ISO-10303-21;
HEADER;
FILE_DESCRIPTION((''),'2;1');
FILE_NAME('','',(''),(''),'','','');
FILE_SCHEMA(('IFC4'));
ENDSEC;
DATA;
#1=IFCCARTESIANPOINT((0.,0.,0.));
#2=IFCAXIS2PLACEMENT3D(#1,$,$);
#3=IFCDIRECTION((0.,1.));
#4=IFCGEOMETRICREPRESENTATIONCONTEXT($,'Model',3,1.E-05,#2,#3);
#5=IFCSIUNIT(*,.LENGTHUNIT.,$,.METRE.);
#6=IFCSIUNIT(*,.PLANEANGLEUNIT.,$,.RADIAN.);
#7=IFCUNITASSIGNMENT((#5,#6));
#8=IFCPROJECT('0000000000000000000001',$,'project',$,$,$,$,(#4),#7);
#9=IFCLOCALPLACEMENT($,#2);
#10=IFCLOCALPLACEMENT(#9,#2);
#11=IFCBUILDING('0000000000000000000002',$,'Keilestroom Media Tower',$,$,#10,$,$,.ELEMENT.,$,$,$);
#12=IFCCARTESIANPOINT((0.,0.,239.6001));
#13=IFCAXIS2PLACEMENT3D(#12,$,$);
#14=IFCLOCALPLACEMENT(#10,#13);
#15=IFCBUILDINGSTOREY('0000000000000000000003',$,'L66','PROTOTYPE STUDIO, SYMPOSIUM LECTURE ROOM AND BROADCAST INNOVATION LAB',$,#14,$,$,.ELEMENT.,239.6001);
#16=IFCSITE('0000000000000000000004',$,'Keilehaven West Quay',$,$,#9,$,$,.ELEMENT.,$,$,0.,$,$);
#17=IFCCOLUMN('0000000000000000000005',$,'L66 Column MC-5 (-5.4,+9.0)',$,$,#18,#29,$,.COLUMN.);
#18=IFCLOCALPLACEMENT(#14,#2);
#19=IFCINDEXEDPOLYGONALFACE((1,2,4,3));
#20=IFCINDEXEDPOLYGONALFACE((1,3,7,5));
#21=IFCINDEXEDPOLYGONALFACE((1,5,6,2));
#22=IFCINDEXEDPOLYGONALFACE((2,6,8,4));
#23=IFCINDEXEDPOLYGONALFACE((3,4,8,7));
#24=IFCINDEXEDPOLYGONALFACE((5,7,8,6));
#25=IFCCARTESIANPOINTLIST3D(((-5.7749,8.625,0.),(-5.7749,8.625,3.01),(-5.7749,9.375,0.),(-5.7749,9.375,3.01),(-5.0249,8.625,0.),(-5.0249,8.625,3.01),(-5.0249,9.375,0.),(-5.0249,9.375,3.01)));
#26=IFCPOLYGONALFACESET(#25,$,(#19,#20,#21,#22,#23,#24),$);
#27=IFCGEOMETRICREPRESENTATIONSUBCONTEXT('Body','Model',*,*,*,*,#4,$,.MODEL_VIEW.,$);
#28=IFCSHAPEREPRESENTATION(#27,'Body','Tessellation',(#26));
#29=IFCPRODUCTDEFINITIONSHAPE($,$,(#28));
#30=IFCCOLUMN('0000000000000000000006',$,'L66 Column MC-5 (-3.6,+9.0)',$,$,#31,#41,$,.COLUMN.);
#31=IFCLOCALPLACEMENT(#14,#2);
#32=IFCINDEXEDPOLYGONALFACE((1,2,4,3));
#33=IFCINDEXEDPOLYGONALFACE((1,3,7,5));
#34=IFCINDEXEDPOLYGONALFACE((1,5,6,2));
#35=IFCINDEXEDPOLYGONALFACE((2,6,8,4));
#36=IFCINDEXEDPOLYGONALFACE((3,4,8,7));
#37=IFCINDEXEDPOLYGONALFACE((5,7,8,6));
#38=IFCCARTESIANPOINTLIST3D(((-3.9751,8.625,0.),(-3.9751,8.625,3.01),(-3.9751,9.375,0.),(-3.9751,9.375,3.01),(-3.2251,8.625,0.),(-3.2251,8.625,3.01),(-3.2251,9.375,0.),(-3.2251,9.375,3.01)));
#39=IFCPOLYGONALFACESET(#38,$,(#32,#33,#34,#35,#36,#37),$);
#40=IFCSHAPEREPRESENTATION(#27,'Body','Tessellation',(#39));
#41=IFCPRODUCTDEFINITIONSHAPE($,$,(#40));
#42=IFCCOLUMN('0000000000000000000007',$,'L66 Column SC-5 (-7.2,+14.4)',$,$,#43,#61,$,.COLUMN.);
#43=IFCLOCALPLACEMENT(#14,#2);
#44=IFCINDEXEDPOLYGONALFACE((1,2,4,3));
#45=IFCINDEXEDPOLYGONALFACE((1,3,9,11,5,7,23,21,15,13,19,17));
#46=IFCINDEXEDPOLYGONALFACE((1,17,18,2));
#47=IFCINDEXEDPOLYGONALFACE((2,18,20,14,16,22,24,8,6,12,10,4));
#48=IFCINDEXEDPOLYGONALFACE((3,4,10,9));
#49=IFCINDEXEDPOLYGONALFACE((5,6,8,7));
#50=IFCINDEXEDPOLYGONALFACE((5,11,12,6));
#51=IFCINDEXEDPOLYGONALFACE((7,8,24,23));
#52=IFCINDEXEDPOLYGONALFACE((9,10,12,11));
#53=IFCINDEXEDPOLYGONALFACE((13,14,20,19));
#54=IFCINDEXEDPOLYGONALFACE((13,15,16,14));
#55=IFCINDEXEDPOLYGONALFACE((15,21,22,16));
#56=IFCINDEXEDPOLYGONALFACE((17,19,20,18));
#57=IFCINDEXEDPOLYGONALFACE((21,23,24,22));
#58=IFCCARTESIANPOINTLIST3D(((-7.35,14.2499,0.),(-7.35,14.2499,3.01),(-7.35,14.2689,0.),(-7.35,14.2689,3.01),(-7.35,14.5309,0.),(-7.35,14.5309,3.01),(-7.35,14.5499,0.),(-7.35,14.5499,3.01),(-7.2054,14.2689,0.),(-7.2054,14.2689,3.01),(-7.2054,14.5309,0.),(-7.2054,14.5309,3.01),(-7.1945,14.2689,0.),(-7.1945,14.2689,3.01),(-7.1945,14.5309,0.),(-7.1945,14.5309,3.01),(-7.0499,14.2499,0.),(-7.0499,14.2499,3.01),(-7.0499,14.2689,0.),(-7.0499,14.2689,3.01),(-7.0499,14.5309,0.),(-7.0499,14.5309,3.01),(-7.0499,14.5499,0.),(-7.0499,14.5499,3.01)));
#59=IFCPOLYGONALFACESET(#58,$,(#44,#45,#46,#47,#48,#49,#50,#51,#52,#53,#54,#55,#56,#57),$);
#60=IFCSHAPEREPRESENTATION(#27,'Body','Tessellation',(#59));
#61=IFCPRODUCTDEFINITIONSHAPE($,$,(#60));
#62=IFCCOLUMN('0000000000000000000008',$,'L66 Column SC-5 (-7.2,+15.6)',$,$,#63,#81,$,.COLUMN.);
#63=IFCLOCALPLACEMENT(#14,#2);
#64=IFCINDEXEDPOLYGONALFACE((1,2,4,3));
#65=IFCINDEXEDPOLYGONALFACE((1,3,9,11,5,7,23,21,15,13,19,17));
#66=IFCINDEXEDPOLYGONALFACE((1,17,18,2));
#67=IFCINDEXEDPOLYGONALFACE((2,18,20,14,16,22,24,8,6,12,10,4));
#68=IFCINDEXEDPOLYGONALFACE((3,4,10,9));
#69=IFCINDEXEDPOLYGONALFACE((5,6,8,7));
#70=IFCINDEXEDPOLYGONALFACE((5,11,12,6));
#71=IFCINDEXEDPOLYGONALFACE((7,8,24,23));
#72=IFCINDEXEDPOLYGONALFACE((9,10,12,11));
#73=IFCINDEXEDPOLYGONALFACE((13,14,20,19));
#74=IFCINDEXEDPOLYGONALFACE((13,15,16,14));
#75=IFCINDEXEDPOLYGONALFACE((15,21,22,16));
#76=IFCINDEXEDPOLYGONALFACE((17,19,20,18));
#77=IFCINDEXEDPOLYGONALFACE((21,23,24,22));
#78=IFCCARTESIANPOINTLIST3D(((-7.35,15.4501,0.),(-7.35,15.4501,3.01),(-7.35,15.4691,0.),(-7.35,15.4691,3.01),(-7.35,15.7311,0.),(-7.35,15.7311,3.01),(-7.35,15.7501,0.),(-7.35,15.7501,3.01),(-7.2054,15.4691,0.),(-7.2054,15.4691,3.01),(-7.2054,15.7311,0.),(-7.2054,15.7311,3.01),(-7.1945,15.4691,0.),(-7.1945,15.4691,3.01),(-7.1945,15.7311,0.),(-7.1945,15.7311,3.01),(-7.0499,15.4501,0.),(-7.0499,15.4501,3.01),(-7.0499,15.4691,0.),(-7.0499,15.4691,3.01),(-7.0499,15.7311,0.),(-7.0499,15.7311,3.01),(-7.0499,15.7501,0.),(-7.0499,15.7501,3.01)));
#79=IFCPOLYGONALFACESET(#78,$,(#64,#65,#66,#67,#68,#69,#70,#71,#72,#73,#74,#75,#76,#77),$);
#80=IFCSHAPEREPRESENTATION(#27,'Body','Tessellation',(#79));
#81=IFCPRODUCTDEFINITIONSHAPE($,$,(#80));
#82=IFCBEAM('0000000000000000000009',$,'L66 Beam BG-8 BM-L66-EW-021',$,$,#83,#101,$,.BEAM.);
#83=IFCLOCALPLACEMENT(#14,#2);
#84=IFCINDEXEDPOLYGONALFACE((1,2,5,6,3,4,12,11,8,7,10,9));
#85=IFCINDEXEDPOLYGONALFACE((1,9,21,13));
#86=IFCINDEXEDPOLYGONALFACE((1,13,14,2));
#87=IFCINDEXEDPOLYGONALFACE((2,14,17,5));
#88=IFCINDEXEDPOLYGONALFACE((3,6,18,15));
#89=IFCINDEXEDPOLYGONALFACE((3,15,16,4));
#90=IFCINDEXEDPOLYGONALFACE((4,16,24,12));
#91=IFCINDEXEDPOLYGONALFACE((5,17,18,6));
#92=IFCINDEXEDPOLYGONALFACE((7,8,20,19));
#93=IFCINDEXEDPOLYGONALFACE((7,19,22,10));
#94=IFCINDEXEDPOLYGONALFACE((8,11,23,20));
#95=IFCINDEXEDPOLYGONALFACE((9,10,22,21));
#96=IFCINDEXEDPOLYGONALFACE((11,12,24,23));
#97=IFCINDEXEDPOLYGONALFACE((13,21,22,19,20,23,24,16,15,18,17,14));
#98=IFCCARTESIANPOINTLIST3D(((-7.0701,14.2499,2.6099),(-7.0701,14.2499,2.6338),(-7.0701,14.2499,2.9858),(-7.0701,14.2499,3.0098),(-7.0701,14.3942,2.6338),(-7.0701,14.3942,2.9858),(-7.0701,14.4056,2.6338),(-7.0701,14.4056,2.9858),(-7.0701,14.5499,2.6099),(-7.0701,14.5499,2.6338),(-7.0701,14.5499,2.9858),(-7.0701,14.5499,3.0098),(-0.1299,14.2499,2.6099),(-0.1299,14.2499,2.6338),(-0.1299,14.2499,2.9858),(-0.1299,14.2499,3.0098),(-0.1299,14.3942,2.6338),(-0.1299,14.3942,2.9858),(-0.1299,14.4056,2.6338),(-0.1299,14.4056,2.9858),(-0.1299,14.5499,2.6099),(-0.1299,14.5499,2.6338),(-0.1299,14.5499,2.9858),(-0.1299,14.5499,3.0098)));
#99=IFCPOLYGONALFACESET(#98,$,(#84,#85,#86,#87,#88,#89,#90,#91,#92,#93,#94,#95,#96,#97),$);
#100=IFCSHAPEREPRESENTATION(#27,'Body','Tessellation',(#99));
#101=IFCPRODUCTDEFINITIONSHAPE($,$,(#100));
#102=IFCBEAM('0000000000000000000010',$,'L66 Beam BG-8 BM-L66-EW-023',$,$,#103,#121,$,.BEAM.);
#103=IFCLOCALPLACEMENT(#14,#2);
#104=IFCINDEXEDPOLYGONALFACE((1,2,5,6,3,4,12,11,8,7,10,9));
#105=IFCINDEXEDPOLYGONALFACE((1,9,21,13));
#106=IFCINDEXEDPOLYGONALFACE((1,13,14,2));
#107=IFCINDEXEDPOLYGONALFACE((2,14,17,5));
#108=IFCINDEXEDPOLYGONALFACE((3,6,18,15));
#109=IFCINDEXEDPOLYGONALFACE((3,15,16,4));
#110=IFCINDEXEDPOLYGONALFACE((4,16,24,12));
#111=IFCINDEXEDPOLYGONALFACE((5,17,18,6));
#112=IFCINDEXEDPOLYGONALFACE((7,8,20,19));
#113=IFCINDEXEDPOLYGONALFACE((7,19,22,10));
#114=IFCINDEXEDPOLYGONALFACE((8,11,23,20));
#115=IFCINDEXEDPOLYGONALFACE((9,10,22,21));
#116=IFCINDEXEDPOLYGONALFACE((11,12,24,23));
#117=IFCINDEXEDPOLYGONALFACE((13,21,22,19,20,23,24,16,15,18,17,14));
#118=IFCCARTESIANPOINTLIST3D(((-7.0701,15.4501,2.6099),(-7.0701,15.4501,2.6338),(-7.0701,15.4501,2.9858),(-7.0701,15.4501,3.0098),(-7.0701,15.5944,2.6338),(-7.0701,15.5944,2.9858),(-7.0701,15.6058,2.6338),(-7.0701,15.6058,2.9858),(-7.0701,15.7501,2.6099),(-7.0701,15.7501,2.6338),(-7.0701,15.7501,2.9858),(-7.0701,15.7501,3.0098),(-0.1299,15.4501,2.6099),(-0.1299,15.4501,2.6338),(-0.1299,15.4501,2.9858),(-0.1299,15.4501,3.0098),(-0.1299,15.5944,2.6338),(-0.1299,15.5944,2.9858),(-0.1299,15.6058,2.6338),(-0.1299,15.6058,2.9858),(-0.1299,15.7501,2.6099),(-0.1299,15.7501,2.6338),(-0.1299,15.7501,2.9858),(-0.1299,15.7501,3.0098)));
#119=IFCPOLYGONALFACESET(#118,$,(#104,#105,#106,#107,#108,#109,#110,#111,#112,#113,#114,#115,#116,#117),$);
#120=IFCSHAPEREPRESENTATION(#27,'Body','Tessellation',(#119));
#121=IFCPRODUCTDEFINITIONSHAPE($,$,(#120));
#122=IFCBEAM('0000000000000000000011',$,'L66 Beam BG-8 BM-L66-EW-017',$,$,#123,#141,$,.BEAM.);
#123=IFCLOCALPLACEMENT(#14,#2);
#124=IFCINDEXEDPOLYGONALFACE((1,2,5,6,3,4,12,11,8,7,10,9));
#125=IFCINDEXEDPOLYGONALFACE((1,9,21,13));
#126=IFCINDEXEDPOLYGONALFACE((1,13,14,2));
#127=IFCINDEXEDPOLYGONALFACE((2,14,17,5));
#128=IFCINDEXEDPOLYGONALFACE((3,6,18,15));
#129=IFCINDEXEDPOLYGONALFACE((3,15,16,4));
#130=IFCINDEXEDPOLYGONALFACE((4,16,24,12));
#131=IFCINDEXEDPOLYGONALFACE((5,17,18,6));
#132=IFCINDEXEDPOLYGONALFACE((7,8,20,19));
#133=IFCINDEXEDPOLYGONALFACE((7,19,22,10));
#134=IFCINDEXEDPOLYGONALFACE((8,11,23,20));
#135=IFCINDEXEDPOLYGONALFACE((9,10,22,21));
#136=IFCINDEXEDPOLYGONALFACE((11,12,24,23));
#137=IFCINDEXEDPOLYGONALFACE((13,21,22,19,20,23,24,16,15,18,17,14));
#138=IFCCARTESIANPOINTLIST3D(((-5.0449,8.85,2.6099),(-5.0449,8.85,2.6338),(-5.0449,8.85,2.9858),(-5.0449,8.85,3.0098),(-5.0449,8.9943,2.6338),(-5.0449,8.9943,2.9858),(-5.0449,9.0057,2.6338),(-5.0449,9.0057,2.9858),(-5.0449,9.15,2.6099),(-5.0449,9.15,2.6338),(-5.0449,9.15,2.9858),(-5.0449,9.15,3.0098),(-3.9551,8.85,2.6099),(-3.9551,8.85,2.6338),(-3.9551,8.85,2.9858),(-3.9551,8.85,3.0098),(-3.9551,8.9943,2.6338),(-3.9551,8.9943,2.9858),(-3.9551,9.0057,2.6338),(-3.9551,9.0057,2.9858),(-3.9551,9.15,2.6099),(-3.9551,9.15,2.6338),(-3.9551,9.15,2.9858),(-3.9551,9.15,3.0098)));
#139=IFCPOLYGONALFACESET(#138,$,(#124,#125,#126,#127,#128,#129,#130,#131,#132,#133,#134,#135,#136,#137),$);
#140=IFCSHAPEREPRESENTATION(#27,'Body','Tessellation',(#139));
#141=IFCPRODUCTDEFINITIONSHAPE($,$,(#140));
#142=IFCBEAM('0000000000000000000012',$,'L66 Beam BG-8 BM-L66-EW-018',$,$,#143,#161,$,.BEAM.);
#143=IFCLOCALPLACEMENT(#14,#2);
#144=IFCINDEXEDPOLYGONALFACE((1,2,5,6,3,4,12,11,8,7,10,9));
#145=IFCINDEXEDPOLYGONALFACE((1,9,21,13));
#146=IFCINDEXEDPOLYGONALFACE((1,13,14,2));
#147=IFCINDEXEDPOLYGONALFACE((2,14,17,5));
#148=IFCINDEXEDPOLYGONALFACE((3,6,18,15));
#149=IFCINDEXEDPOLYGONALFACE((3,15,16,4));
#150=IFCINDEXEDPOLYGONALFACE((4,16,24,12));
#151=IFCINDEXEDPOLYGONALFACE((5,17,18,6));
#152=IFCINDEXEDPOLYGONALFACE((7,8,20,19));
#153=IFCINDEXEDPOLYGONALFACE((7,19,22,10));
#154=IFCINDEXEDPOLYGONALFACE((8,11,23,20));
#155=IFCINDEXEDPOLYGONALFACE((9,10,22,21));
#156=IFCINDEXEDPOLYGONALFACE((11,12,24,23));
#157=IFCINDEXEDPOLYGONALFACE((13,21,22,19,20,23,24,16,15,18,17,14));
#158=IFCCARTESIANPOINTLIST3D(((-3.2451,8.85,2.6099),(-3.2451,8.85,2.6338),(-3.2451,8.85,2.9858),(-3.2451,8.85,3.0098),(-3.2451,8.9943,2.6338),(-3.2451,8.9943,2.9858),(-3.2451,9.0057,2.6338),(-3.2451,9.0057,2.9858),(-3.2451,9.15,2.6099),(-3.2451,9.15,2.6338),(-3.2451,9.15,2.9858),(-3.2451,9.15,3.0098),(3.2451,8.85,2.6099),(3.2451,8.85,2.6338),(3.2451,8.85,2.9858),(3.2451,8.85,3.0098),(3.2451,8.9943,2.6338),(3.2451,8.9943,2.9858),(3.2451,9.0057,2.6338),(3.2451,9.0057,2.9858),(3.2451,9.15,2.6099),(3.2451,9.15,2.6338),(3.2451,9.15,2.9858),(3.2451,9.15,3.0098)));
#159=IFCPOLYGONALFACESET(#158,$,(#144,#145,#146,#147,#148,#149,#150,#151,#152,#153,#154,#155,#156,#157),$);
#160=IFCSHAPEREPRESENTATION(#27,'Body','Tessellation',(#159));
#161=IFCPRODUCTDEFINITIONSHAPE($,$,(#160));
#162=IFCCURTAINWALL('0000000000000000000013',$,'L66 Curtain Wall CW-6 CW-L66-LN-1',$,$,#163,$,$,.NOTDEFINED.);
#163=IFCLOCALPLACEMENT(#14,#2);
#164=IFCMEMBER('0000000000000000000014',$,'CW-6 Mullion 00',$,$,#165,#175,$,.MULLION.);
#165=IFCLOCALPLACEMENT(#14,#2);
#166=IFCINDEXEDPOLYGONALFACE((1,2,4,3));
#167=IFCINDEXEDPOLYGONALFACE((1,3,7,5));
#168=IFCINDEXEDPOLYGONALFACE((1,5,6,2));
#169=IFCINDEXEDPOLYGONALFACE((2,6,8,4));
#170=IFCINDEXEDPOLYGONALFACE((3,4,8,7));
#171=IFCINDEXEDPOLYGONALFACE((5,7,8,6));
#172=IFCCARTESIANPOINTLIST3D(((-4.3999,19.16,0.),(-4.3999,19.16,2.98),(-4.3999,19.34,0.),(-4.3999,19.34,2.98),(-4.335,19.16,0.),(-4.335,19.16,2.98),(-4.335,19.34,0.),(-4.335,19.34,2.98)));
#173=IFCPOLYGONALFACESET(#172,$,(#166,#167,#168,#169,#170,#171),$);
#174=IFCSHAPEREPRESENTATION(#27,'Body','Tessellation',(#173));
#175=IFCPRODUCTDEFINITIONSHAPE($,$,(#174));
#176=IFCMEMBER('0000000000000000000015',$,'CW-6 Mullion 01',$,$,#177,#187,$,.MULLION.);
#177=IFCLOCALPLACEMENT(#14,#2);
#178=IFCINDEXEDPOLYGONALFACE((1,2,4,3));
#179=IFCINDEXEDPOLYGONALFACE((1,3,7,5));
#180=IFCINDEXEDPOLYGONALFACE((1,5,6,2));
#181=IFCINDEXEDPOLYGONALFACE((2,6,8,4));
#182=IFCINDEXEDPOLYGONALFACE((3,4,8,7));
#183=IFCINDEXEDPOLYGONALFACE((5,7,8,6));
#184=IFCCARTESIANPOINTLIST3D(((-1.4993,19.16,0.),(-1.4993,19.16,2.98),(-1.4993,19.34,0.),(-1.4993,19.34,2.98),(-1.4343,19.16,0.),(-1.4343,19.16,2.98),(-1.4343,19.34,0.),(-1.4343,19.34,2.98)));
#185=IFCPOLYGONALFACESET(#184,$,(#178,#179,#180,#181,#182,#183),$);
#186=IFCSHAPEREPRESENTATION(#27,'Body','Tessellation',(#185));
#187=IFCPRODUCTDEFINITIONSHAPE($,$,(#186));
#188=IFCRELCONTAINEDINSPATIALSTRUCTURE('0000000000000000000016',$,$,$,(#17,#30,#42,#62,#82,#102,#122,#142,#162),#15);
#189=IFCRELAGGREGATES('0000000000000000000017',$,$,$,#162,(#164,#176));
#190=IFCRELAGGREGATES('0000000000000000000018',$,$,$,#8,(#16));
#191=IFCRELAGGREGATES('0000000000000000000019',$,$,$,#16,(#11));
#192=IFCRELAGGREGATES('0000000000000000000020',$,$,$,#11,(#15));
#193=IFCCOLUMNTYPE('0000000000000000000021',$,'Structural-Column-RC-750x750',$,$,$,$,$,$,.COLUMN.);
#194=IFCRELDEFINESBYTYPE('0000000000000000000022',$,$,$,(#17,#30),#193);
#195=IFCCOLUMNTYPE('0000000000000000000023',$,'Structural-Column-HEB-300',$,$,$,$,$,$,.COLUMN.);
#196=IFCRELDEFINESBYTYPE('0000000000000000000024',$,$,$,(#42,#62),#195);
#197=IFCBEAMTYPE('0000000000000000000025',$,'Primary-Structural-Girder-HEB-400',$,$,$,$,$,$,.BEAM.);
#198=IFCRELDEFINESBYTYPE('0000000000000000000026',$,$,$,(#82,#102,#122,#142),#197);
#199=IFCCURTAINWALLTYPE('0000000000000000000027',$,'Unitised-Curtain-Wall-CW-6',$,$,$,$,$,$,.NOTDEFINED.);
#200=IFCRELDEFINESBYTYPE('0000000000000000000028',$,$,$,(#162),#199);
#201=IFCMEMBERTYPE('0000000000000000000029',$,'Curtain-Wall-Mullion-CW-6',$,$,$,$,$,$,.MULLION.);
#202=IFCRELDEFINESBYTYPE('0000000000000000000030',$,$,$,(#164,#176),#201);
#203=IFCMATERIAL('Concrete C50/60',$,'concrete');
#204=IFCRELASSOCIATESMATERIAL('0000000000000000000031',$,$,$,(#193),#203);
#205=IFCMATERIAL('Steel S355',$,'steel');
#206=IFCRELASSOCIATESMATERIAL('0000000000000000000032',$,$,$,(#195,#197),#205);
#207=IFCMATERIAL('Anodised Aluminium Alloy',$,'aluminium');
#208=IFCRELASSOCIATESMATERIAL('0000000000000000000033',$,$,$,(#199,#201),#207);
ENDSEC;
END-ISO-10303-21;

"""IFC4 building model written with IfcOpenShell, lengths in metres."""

from ifc_helpers import new_model, si_unit, direction, frame, origin, origin_2d, place, context, subcontext, project, spatial, rectangle, i_section, extrude, source, transform, mapped, material, material_profile, profile_set, type_object, element, aggregate, save


model = new_model("IFC4")

# Units and contexts
model_context = context("Model", 3, precision=1e-05, world=origin(), true_north=direction((0.0, 1.0)))
body_context = subcontext(model_context, "Body", "Model", "MODEL_VIEW")
ifc_project = project(units=[si_unit("LENGTHUNIT", "METRE"), si_unit("PLANEANGLEUNIT", "RADIAN")], contexts=[model_context])

# Site, building, storey
site_placement = place(None, origin())
site = spatial("IfcSite", under=ifc_project, at=site_placement, Name="Keilehaven West Quay", CompositionType="ELEMENT", RefElevation=0.0)
building_placement = place(site_placement, origin())
building = spatial("IfcBuilding", under=site, at=building_placement, Name="Keilestroom Media Tower", CompositionType="ELEMENT")
storey_placement = place(building_placement, frame((0.0, 0.0, 239.6001)))
storey = spatial("IfcBuildingStorey", under=building, at=storey_placement, Name="L66", Description="PROTOTYPE STUDIO, SYMPOSIUM LECTURE ROOM AND BROADCAST INNOVATION LAB", CompositionType="ELEMENT", Elevation=239.6001)

# Columns
ifc_material_1 = material(Name="Concrete C50/60", Category="concrete")
ifc_material_profile_1 = material_profile(ifc_material_1, rectangle(XDim=0.75, YDim=0.75, at=origin_2d()), Name="RC 750x750")
ifc_profile_set_1 = profile_set([ifc_material_profile_1], Name="Concrete C50/60")
column_type_1 = type_object("IfcColumnType", Name="Structural-Column-RC-750x750", PredefinedType="COLUMN", material=ifc_profile_set_1)
shared_shape_1 = source(origin(), body_context, "Body", "SweptSolid", [
    extrude(rectangle(XDim=0.75, YDim=0.75, at=origin_2d()), origin(), (0.0, 0.0, 1.0), 3.01),
])
for number, where, z_axis, x_axis, name in (
    (1, (-5.3999, 9.0, 0.0), (0.0, 0.0, 1.0), (1.0, 0.0, 0.0), "L66 Column MC-5 (-5.4,+9.0)"),
    (2, (-3.6001, 9.0, 0.0), (0.0, 0.0, 1.0), (1.0, 0.0, 0.0), "L66 Column MC-5 (-3.6,+9.0)"),
):
    element("IfcColumn", number, at=place(storey_placement, frame(where, z_axis=z_axis, x_axis=x_axis)), inside=storey, type_object=column_type_1, Name=name, PredefinedType="COLUMN", context=body_context, shape_type="MappedRepresentation", body=[
        mapped(shared_shape_1, transform((0.0, 0.0, 0.0), x_axis=(1.0, 0.0, 0.0), y_axis=(0.0, 1.0, 0.0), z_axis=(0.0, 0.0, 1.0), scale=1.0)),
    ])
ifc_material_2 = material(Name="Steel S355", Category="steel")
ifc_material_profile_2 = material_profile(ifc_material_2, i_section(OverallWidth=0.3, OverallDepth=0.3, WebThickness=0.011, FlangeThickness=0.019, at=origin_2d()), Name="HEB 300")
ifc_profile_set_2 = profile_set([ifc_material_profile_2], Name="Steel S355")
column_type_2 = type_object("IfcColumnType", Name="Structural-Column-HEB-300", PredefinedType="COLUMN", material=ifc_profile_set_2)
shared_shape_2 = source(origin(), body_context, "Body", "SweptSolid", [
    extrude(i_section(OverallWidth=0.3, OverallDepth=0.3, WebThickness=0.011, FlangeThickness=0.019, at=origin_2d()), origin(), (0.0, 0.0, 1.0), 3.01),
])
for number, where, z_axis, x_axis, name in (
    (3, (-7.2, 14.3999, 0.0), (0.0, 0.0, 1.0), (1.0, 0.0, 0.0), "L66 Column SC-5 (-7.2,+14.4)"),
    (4, (-7.2, 15.6001, 0.0), (0.0, 0.0, 1.0), (1.0, 0.0, 0.0), "L66 Column SC-5 (-7.2,+15.6)"),
):
    element("IfcColumn", number, at=place(storey_placement, frame(where, z_axis=z_axis, x_axis=x_axis)), inside=storey, type_object=column_type_2, Name=name, PredefinedType="COLUMN", context=body_context, shape_type="MappedRepresentation", body=[
        mapped(shared_shape_2, transform((0.0, 0.0, 0.0), x_axis=(1.0, 0.0, 0.0), y_axis=(0.0, 1.0, 0.0), z_axis=(0.0, 0.0, 1.0), scale=1.0)),
    ])

# Beams
ifc_material_profile_3 = material_profile(ifc_material_2, i_section(OverallWidth=0.3, OverallDepth=0.3999, WebThickness=0.0115, FlangeThickness=0.0239, at=origin_2d()), Name="HEB 400")
ifc_profile_set_3 = profile_set([ifc_material_profile_3], Name="Steel S355")
beam_type = type_object("IfcBeamType", Name="Primary-Structural-Girder-HEB-400", PredefinedType="BEAM", material=ifc_profile_set_3)
shared_shape_3 = source(origin(), body_context, "Body", "SweptSolid", [
    extrude(i_section(OverallWidth=0.3, OverallDepth=0.3999, WebThickness=0.0115, FlangeThickness=0.0239, at=origin_2d()), origin(), (0.0, 0.0, 1.0), 6.9402),
])
for number, where, z_axis, x_axis, name in (
    (5, (-7.0701, 14.3999, 2.8098), (1.0, 0.0, 0.0), (0.0, 1.0, 0.0), "L66 Beam BG-8 BM-L66-EW-021"),
    (6, (-7.0701, 15.6001, 2.8098), (1.0, 0.0, 0.0), (0.0, 1.0, 0.0), "L66 Beam BG-8 BM-L66-EW-023"),
):
    element("IfcBeam", number, at=place(storey_placement, frame(where, z_axis=z_axis, x_axis=x_axis)), inside=storey, type_object=beam_type, Name=name, PredefinedType="BEAM", context=body_context, shape_type="MappedRepresentation", body=[
        mapped(shared_shape_3, transform((0.0, 0.0, 0.0), x_axis=(1.0, 0.0, 0.0), y_axis=(0.0, 1.0, 0.0), z_axis=(0.0, 0.0, 1.0), scale=1.0)),
    ])
shared_shape_4 = source(origin(), body_context, "Body", "SweptSolid", [
    extrude(i_section(OverallWidth=0.3, OverallDepth=0.3999, WebThickness=0.0115, FlangeThickness=0.0239, at=origin_2d()), origin(), (0.0, 0.0, 1.0), 1.0898),
])
beam_1_placement = place(storey_placement, frame((-5.0449, 9.0, 2.8098), z_axis=(1.0, 0.0, 0.0), x_axis=(0.0, 1.0, 0.0)))
element("IfcBeam", 7, at=beam_1_placement, inside=storey, type_object=beam_type, Name="L66 Beam BG-8 BM-L66-EW-017", PredefinedType="BEAM", context=body_context, shape_type="MappedRepresentation", body=[
    mapped(shared_shape_4, transform((0.0, 0.0, 0.0), x_axis=(1.0, 0.0, 0.0), y_axis=(0.0, 1.0, 0.0), z_axis=(0.0, 0.0, 1.0), scale=1.0)),
])
shared_shape_5 = source(origin(), body_context, "Body", "SweptSolid", [
    extrude(i_section(OverallWidth=0.3, OverallDepth=0.3999, WebThickness=0.0115, FlangeThickness=0.0239, at=origin_2d()), origin(), (0.0, 0.0, 1.0), 6.4902),
])
beam_2_placement = place(storey_placement, frame((-3.2451, 9.0, 2.8098), z_axis=(1.0, 0.0, 0.0), x_axis=(0.0, 1.0, 0.0)))
element("IfcBeam", 8, at=beam_2_placement, inside=storey, type_object=beam_type, Name="L66 Beam BG-8 BM-L66-EW-018", PredefinedType="BEAM", context=body_context, shape_type="MappedRepresentation", body=[
    mapped(shared_shape_5, transform((0.0, 0.0, 0.0), x_axis=(1.0, 0.0, 0.0), y_axis=(0.0, 1.0, 0.0), z_axis=(0.0, 0.0, 1.0), scale=1.0)),
])

# Curtain wall, members
ifc_material_3 = material(Name="Anodised Aluminium Alloy", Category="aluminium")
curtain_wall_type = type_object("IfcCurtainWallType", Name="Unitised-Curtain-Wall-CW-6", PredefinedType="NOTDEFINED", material=ifc_material_3)
curtain_wall_placement = place(storey_placement, origin())
curtain_wall = element("IfcCurtainWall", 9, at=curtain_wall_placement, inside=storey, type_object=curtain_wall_type, Name="L66 Curtain Wall CW-6 CW-L66-LN-1", PredefinedType="NOTDEFINED")
ifc_material_profile_4 = material_profile(ifc_material_3, rectangle(XDim=0.0649, YDim=0.1799, at=origin_2d()), Name="ALU MULLION 65x180")
ifc_profile_set_4 = profile_set([ifc_material_profile_4], Name="Anodised Aluminium Alloy")
member_type_1 = type_object("IfcMemberType", Name="Curtain-Wall-Mullion-CW-6", PredefinedType="MULLION", material=ifc_profile_set_4)
shared_shape_6 = source(origin(), body_context, "Body", "SweptSolid", [
    extrude(rectangle(XDim=0.0649, YDim=0.1799, at=origin_2d()), origin(), (0.0, 0.0, 1.0), 2.98),
])
member_1_placement = place(storey_placement, frame((-4.3674, 19.25, 0.0), z_axis=(0.0, 0.0, 1.0), x_axis=(1.0, 0.0, 0.0)))
member_1 = element("IfcMember", 10, at=member_1_placement, type_object=member_type_1, Name="CW-6 Mullion 00", PredefinedType="MULLION", context=body_context, shape_type="MappedRepresentation", body=[
    mapped(shared_shape_6, transform((0.0, 0.0, 0.0), x_axis=(1.0, 0.0, 0.0), y_axis=(0.0, 1.0, 0.0), z_axis=(0.0, 0.0, 1.0), scale=1.0)),
])
member_2_placement = place(storey_placement, frame((-1.4668, 19.25, 0.0), z_axis=(0.0, 0.0, 1.0), x_axis=(1.0, 0.0, 0.0)))
member_2 = element("IfcMember", 11, at=member_2_placement, type_object=member_type_1, Name="CW-6 Mullion 01", PredefinedType="MULLION", context=body_context, shape_type="MappedRepresentation", body=[
    mapped(shared_shape_6, transform((0.0, 0.0, 0.0), x_axis=(1.0, 0.0, 0.0), y_axis=(0.0, 1.0, 0.0), z_axis=(0.0, 0.0, 1.0), scale=1.0)),
])
aggregate(curtain_wall, [member_1, member_2])

save(model, "model.ifc")
